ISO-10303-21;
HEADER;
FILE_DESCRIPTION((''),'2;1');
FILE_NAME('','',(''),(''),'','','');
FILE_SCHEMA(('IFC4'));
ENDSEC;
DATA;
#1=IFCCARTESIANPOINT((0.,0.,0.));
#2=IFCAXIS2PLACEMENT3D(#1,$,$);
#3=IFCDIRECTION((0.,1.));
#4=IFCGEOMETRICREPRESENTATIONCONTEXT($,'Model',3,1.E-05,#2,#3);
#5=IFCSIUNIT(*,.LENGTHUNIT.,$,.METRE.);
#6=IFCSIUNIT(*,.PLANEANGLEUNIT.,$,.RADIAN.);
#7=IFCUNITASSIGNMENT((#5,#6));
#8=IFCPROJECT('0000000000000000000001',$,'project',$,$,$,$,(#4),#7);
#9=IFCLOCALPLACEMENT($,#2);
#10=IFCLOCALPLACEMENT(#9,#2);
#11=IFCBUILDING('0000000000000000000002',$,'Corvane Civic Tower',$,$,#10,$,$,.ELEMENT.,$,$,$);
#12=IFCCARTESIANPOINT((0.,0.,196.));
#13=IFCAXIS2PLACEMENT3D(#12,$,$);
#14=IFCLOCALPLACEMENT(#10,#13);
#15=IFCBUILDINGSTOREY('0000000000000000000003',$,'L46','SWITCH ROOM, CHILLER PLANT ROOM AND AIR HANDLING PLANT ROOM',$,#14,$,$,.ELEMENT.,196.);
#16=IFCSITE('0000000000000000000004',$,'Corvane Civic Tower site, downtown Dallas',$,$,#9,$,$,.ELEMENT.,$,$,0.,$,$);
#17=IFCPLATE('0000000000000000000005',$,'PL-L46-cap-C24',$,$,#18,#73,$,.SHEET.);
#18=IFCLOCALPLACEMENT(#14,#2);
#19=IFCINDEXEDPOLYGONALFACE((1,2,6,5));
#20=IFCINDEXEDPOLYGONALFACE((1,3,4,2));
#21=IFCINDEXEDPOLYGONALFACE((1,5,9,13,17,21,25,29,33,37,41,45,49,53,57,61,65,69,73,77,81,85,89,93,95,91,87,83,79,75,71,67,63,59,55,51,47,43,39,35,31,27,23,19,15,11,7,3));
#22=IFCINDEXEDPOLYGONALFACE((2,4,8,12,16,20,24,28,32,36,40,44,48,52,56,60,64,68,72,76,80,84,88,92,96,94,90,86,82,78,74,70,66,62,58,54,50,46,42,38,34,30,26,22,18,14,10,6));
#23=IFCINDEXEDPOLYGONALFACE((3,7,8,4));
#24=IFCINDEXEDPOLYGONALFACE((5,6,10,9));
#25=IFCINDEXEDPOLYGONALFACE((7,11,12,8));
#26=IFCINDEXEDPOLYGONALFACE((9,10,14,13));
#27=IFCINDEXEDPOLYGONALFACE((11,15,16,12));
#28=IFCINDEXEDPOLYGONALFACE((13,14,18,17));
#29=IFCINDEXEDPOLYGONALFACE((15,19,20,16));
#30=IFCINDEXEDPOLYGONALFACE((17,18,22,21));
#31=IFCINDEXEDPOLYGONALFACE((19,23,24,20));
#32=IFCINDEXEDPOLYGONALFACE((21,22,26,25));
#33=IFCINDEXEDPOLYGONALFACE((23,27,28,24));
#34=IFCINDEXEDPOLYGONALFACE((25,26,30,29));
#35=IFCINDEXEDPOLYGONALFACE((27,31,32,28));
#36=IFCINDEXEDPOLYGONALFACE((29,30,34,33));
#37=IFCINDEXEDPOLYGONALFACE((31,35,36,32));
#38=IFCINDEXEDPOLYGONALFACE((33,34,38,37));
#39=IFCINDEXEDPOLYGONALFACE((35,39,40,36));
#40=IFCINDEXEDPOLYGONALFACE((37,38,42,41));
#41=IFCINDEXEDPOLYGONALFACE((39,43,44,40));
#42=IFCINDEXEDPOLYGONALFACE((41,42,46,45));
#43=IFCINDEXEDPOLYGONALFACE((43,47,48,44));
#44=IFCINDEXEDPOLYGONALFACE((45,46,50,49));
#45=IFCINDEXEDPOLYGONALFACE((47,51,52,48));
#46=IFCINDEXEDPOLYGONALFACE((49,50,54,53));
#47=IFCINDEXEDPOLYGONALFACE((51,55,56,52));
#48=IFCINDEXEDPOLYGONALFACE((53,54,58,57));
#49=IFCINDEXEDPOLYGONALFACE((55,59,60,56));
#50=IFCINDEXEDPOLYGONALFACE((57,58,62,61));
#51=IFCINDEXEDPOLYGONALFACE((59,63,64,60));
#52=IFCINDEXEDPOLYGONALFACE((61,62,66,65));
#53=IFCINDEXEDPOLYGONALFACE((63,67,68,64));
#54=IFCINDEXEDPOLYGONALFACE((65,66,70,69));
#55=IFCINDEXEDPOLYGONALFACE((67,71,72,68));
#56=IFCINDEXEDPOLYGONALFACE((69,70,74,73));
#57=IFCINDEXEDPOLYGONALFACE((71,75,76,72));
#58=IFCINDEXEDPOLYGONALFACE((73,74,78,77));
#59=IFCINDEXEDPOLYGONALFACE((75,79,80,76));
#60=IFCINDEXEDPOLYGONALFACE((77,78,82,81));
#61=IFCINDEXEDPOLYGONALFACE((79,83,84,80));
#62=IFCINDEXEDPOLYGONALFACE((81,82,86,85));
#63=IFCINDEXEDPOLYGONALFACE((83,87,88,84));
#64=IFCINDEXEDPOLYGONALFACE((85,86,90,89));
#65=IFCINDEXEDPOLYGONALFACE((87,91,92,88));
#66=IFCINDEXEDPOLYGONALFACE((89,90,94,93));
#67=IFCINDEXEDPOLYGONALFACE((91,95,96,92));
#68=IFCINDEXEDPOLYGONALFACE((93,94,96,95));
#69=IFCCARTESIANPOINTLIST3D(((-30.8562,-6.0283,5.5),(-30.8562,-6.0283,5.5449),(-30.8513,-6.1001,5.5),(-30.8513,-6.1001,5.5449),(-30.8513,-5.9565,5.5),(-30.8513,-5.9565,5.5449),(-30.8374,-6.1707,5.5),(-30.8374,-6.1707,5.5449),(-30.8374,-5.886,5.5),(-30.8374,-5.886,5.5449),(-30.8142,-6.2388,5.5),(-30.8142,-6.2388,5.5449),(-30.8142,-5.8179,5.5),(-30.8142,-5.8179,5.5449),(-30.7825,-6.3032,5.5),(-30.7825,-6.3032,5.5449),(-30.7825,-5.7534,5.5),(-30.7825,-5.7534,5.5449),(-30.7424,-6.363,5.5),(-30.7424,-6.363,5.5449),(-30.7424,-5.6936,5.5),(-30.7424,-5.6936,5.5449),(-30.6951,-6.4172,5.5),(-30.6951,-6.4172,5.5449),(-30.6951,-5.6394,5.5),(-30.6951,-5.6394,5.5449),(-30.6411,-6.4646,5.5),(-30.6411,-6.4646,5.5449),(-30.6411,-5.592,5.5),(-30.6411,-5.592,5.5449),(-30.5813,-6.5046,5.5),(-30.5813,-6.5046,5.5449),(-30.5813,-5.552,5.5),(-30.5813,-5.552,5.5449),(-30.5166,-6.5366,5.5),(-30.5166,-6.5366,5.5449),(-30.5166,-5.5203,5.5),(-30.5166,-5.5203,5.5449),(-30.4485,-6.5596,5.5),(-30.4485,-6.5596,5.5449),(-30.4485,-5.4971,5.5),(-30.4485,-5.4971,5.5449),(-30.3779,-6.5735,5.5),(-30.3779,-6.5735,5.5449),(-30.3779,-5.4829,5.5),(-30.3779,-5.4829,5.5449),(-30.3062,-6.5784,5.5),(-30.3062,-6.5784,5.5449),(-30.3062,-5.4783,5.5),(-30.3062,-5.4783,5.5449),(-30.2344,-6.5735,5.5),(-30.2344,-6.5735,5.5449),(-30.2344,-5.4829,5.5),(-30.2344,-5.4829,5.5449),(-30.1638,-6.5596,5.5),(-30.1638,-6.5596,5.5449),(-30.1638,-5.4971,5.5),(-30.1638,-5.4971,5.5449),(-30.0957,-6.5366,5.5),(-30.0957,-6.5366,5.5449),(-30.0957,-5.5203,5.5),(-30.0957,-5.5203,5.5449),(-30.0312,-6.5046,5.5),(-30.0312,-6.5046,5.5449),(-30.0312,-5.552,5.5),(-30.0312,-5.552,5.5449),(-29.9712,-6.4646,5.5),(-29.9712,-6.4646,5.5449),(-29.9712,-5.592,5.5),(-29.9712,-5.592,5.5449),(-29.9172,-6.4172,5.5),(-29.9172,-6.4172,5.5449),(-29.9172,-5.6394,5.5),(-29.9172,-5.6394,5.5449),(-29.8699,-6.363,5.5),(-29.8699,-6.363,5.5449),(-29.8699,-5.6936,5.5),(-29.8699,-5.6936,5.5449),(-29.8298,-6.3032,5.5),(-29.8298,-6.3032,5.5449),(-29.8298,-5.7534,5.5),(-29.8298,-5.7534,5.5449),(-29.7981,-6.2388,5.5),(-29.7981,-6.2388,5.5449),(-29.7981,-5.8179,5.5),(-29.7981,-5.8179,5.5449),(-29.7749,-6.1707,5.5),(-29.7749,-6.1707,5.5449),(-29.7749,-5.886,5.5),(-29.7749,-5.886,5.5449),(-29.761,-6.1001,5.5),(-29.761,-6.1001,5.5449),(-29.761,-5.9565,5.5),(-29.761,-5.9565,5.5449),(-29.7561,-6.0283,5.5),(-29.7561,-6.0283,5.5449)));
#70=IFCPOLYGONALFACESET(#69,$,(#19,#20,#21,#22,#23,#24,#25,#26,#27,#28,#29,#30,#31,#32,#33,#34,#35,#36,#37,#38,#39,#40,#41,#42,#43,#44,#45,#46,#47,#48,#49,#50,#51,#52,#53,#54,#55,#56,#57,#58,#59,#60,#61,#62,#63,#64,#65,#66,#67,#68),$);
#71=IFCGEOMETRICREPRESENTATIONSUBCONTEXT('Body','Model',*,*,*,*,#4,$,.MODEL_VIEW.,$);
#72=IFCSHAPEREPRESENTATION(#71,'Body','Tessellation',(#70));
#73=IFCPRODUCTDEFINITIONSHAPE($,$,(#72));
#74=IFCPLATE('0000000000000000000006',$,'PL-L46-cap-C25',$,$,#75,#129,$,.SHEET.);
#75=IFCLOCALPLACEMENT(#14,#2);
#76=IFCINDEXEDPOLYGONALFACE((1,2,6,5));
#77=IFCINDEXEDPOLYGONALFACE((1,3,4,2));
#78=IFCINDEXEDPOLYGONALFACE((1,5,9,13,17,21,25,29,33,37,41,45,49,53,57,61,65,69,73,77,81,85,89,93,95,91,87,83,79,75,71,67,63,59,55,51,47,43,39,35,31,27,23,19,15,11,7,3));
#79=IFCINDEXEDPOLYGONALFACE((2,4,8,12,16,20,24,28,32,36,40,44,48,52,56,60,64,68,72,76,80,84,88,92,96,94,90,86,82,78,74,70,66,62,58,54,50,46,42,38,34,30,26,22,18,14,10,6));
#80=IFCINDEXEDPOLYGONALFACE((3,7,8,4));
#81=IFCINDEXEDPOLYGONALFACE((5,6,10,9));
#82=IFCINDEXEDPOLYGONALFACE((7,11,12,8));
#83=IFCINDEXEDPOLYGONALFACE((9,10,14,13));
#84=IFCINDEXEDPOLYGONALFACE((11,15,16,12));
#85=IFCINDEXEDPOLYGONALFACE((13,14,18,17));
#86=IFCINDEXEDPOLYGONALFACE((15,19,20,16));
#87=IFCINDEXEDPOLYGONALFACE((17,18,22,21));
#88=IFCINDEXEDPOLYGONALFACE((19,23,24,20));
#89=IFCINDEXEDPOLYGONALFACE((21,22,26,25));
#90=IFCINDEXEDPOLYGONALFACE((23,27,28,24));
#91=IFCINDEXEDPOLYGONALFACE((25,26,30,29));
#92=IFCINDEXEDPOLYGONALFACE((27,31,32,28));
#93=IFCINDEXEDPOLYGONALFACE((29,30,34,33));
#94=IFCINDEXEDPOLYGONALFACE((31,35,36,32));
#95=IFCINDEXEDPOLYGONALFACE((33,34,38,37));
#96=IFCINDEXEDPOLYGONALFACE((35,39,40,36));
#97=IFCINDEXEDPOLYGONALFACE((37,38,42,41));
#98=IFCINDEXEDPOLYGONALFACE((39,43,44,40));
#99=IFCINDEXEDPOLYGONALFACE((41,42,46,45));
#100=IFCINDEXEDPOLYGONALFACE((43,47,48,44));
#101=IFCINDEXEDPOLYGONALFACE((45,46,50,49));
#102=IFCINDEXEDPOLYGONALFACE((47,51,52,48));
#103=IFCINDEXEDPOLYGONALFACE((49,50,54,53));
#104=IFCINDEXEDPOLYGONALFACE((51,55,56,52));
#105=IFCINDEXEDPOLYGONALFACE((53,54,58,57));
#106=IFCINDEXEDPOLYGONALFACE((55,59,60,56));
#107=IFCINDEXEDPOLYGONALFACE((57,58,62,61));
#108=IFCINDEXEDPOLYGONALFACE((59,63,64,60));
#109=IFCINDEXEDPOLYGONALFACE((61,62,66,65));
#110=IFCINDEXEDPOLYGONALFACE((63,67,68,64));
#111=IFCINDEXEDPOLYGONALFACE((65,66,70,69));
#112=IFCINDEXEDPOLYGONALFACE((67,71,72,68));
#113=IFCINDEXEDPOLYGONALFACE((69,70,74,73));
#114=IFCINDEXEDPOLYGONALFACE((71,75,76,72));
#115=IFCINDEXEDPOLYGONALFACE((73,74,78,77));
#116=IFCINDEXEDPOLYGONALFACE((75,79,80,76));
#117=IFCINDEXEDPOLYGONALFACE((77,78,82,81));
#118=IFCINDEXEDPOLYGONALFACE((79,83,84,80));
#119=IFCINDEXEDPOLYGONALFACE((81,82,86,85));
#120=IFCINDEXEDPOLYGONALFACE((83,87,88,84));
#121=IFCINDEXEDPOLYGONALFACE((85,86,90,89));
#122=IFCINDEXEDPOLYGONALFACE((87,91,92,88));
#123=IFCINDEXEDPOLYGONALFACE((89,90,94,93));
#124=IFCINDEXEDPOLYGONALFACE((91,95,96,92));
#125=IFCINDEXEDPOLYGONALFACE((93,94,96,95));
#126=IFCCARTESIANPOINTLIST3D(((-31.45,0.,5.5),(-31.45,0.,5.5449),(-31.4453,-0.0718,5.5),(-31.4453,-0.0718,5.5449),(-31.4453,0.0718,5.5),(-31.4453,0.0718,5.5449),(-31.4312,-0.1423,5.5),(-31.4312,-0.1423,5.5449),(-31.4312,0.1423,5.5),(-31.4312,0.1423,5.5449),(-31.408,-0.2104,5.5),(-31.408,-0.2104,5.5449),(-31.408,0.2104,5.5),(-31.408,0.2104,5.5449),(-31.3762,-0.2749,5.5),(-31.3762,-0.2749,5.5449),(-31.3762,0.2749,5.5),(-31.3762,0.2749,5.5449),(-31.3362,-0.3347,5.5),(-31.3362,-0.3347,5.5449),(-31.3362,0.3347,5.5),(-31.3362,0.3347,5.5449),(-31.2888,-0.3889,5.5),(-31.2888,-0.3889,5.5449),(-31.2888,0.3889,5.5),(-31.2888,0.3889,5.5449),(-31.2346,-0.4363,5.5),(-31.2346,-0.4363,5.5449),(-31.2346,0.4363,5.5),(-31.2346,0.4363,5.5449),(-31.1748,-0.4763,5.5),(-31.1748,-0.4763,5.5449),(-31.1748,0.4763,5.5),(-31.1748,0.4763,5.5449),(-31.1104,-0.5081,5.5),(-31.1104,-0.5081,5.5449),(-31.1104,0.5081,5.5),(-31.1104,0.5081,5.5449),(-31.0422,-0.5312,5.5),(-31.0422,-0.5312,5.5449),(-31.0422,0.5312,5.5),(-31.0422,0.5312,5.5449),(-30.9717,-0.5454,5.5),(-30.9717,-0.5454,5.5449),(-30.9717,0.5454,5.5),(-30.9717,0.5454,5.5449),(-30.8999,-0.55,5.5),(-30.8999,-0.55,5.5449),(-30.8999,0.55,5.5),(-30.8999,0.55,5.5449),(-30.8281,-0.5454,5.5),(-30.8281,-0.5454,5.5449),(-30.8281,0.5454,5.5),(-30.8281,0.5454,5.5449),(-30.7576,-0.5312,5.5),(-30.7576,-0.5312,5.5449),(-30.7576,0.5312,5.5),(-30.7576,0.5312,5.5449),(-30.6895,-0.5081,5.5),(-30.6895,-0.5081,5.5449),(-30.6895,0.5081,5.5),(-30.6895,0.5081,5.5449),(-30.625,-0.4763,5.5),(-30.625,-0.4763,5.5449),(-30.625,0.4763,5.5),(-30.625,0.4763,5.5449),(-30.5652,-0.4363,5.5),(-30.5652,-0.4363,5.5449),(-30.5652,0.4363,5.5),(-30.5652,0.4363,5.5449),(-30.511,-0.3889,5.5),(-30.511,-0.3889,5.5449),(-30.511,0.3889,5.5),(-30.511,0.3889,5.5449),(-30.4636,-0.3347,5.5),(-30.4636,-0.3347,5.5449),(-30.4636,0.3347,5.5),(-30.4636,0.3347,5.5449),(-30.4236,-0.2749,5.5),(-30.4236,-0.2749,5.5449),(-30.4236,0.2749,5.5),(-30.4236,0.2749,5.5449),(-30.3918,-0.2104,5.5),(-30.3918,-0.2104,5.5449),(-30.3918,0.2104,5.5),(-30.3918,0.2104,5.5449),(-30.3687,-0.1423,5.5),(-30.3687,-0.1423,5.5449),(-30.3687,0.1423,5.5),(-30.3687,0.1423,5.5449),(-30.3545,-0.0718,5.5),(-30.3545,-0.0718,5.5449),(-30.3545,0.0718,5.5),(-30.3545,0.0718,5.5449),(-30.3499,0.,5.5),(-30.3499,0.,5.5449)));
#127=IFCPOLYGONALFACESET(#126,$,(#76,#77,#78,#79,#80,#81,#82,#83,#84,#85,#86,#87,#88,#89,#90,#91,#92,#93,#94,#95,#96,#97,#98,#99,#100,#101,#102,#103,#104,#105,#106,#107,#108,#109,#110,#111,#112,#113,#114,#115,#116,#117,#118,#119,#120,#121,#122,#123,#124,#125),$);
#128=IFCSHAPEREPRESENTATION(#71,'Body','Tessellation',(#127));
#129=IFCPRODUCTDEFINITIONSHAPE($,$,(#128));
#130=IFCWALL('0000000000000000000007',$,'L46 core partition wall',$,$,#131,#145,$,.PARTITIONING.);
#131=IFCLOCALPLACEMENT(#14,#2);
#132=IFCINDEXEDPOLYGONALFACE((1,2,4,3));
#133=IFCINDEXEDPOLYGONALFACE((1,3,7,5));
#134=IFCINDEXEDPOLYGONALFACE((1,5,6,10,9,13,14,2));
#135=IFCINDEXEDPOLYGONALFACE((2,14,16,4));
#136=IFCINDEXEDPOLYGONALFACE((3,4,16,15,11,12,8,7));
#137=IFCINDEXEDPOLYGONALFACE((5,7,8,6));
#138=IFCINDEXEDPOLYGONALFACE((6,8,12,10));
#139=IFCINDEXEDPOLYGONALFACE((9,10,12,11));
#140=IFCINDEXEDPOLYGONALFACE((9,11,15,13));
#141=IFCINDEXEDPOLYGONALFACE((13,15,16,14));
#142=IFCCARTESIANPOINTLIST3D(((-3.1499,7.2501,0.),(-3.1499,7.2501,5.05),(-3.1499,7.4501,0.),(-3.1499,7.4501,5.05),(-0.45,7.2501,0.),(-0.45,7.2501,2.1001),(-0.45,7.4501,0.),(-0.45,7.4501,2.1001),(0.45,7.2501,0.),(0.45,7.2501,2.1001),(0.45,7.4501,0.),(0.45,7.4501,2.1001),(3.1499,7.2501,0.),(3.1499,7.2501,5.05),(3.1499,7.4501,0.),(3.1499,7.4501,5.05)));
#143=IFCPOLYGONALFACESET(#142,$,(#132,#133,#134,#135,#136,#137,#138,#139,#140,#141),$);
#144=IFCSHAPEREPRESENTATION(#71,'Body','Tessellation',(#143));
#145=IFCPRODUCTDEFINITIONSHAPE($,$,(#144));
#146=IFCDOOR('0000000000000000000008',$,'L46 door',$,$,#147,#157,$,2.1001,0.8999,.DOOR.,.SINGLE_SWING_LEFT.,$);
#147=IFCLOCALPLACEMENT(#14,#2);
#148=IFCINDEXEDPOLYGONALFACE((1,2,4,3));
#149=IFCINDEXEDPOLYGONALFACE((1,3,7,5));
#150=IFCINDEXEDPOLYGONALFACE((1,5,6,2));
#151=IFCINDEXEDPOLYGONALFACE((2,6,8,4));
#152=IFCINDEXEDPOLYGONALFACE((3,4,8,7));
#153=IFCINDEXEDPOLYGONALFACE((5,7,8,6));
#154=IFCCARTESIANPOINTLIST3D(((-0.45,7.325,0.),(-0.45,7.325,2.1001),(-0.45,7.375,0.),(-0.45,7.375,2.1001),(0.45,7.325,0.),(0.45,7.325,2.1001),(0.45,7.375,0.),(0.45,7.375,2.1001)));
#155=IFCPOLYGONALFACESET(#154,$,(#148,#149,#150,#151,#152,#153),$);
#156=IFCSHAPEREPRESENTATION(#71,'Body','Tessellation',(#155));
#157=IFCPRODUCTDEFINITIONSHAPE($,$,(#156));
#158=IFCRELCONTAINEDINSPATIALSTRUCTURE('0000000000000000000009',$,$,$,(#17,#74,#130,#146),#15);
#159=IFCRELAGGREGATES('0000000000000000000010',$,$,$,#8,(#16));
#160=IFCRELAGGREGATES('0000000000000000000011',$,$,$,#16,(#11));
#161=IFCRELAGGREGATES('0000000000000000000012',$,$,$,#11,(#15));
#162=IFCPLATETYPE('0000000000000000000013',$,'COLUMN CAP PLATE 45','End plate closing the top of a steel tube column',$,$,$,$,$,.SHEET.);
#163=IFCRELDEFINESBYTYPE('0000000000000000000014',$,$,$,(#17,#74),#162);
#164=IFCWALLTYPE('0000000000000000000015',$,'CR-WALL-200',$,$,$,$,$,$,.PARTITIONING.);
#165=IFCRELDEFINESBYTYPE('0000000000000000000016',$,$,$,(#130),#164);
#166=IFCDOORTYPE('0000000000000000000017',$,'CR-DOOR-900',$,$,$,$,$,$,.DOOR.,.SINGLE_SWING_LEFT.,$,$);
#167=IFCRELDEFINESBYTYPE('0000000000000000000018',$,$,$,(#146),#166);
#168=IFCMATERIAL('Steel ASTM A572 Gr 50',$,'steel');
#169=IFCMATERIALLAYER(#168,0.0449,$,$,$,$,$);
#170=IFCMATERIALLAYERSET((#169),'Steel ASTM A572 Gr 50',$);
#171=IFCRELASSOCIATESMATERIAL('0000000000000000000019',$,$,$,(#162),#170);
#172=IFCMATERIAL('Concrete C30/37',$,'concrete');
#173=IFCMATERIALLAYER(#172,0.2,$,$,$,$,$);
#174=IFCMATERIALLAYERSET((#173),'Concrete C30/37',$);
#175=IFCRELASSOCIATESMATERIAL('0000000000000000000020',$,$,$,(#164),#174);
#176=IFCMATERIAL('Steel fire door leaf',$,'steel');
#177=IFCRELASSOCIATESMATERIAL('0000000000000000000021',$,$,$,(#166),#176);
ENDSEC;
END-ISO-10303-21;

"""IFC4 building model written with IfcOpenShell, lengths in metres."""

from ifc_helpers import new_model, si_unit, direction, frame, frame_2d, origin, place, context, subcontext, project, spatial, polyline, rectangle, outline, extrude, material, layer, layer_set, type_object, element, fill, save


model = new_model("IFC4")

# Units and contexts
model_context = context("Model", 3, precision=1e-05, world=origin(), true_north=direction((0.0, 1.0)))
body_context = subcontext(model_context, "Body", "Model", "MODEL_VIEW")
ifc_project = project(units=[si_unit("LENGTHUNIT", "METRE"), si_unit("PLANEANGLEUNIT", "RADIAN")], contexts=[model_context])

# Site, building, storey
site_placement = place(None, origin())
site = spatial("IfcSite", under=ifc_project, at=site_placement, Name="Corvane Civic Tower site, downtown Dallas", CompositionType="ELEMENT", RefElevation=0.0)
building_placement = place(site_placement, origin())
building = spatial("IfcBuilding", under=site, at=building_placement, Name="Corvane Civic Tower", CompositionType="ELEMENT")
storey_placement = place(building_placement, frame((0.0, 0.0, 196.0)))
storey = spatial("IfcBuildingStorey", under=building, at=storey_placement, Name="L46", Description="SWITCH ROOM, CHILLER PLANT ROOM AND AIR HANDLING PLANT ROOM", CompositionType="ELEMENT", Elevation=196.0)

# Plates
ifc_material_1 = material(Name="Steel ASTM A572 Gr 50", Category="steel")
ifc_layer_1 = layer(ifc_material_1, 0.0449)
ifc_layer_set_1 = layer_set([ifc_layer_1], Name="Steel ASTM A572 Gr 50")
plate_type = type_object("IfcPlateType", Name="COLUMN CAP PLATE 45", Description="End plate closing the top of a steel tube column", PredefinedType="SHEET", material=ifc_layer_set_1)
plate_1_placement = place(storey_placement, frame((0.0, 0.0, 5.5)))
element("IfcPlate", 1, at=plate_1_placement, inside=storey, type_object=plate_type, Name="PL-L46-cap-C24", PredefinedType="SHEET", context=body_context, shape_type="SweptSolid", body=[
    extrude(outline(polyline([(-29.7561, -6.0283), (-29.761, -5.9565), (-29.7749, -5.886), (-29.7981, -5.8179), (-29.8298, -5.7534), (-29.8699, -5.6936), (-29.9172, -5.6394), (-29.9712, -5.592), (-30.0312, -5.552), (-30.0957, -5.5203), (-30.1638, -5.4971), (-30.2344, -5.4829), (-30.3062, -5.4783), (-30.3779, -5.4829), (-30.4485, -5.4971), (-30.5166, -5.5203), (-30.5813, -5.552), (-30.6411, -5.592), (-30.6951, -5.6394), (-30.7424, -5.6936), (-30.7825, -5.7534), (-30.8142, -5.8179), (-30.8374, -5.886), (-30.8513, -5.9565), (-30.8562, -6.0283), (-30.8513, -6.1001), (-30.8374, -6.1707), (-30.8142, -6.2388), (-30.7825, -6.3032), (-30.7424, -6.363), (-30.6951, -6.4172), (-30.6411, -6.4646), (-30.5813, -6.5046), (-30.5166, -6.5366), (-30.4485, -6.5596), (-30.3779, -6.5735), (-30.3062, -6.5784), (-30.2344, -6.5735), (-30.1638, -6.5596), (-30.0957, -6.5366), (-30.0312, -6.5046), (-29.9712, -6.4646), (-29.9172, -6.4172), (-29.8699, -6.363), (-29.8298, -6.3032), (-29.7981, -6.2388), (-29.7749, -6.1707), (-29.761, -6.1001), (-29.7561, -6.0283)])), origin(), (0.0, 0.0, 1.0), 0.0449),
])
plate_2_placement = place(storey_placement, frame((0.0, 0.0, 5.5)))
element("IfcPlate", 2, at=plate_2_placement, inside=storey, type_object=plate_type, Name="PL-L46-cap-C25", PredefinedType="SHEET", context=body_context, shape_type="SweptSolid", body=[
    extrude(outline(polyline([(-30.3499, 0.0), (-30.3545, 0.0718), (-30.3687, 0.1423), (-30.3918, 0.2104), (-30.4236, 0.2749), (-30.4636, 0.3347), (-30.511, 0.3889), (-30.5652, 0.4363), (-30.625, 0.4763), (-30.6895, 0.5081), (-30.7576, 0.5312), (-30.8281, 0.5454), (-30.8999, 0.55), (-30.9717, 0.5454), (-31.0422, 0.5312), (-31.1104, 0.5081), (-31.1748, 0.4763), (-31.2346, 0.4363), (-31.2888, 0.3889), (-31.3362, 0.3347), (-31.3762, 0.2749), (-31.408, 0.2104), (-31.4312, 0.1423), (-31.4453, 0.0718), (-31.45, 0.0), (-31.4453, -0.0718), (-31.4312, -0.1423), (-31.408, -0.2104), (-31.3762, -0.2749), (-31.3362, -0.3347), (-31.2888, -0.3889), (-31.2346, -0.4363), (-31.1748, -0.4763), (-31.1104, -0.5081), (-31.0422, -0.5312), (-30.9717, -0.5454), (-30.8999, -0.55), (-30.8281, -0.5454), (-30.7576, -0.5312), (-30.6895, -0.5081), (-30.625, -0.4763), (-30.5652, -0.4363), (-30.511, -0.3889), (-30.4636, -0.3347), (-30.4236, -0.2749), (-30.3918, -0.2104), (-30.3687, -0.1423), (-30.3545, -0.0718), (-30.3499, 0.0)])), origin(), (0.0, 0.0, 1.0), 0.0449),
])

# Wall, opening, door
ifc_material_2 = material(Name="Concrete C30/37", Category="concrete")
ifc_layer_2 = layer(ifc_material_2, 0.2)
ifc_layer_set_2 = layer_set([ifc_layer_2], Name="Concrete C30/37")
wall_type = type_object("IfcWallType", Name="CR-WALL-200", PredefinedType="PARTITIONING", material=ifc_layer_set_2)
wall_1_placement = place(storey_placement, frame((-3.1499, 7.3501, 0.0), z_axis=(0.0, 0.0, 1.0), x_axis=(1.0, 0.0, 0.0)))
wall_1 = element("IfcWall", 3, at=wall_1_placement, inside=storey, type_object=wall_type, Name="L46 core partition wall", PredefinedType="PARTITIONING", context=body_context, shape_type="SweptSolid", body=[
    extrude(rectangle(XDim=6.2998, YDim=0.2, at=frame_2d((3.1499, 0.0))), origin(), (0.0, 0.0, 1.0), 5.05),
])
opening_1_placement = place(wall_1_placement, frame((2.7, 0.0, 0.0)))
opening_1 = element("IfcOpeningElement", 4, at=opening_1_placement, cuts=wall_1, PredefinedType="OPENING", context=body_context, shape_type="SweptSolid", body=[
    extrude(rectangle(XDim=0.8999, YDim=2.1001, at=frame_2d((0.45, 1.05))), frame((0.0, 0.1099, 0.0), z_axis=(0.0, -1.0, 0.0), x_axis=(1.0, 0.0, 0.0)), (0.0, 0.0, 1.0), 0.22),
])
ifc_material_3 = material(Name="Steel fire door leaf", Category="steel")
door_type = type_object("IfcDoorType", Name="CR-DOOR-900", OperationType="SINGLE_SWING_LEFT", PredefinedType="DOOR", material=ifc_material_3)
door_1_placement = place(opening_1_placement, origin())
door_1 = element("IfcDoor", 5, at=door_1_placement, inside=storey, type_object=door_type, Name="L46 door", OperationType="SINGLE_SWING_LEFT", OverallHeight=2.1001, OverallWidth=0.8999, PredefinedType="DOOR", context=body_context, shape_type="SweptSolid", body=[
    extrude(rectangle(XDim=0.8999, YDim=2.1001, at=frame_2d((0.45, 1.05))), frame((0.0, 0.0249, 0.0), z_axis=(0.0, -1.0, 0.0), x_axis=(1.0, 0.0, 0.0)), (0.0, 0.0, 1.0), 0.05),
])
fill(opening_1, door_1)

save(model, "model.ifc")
